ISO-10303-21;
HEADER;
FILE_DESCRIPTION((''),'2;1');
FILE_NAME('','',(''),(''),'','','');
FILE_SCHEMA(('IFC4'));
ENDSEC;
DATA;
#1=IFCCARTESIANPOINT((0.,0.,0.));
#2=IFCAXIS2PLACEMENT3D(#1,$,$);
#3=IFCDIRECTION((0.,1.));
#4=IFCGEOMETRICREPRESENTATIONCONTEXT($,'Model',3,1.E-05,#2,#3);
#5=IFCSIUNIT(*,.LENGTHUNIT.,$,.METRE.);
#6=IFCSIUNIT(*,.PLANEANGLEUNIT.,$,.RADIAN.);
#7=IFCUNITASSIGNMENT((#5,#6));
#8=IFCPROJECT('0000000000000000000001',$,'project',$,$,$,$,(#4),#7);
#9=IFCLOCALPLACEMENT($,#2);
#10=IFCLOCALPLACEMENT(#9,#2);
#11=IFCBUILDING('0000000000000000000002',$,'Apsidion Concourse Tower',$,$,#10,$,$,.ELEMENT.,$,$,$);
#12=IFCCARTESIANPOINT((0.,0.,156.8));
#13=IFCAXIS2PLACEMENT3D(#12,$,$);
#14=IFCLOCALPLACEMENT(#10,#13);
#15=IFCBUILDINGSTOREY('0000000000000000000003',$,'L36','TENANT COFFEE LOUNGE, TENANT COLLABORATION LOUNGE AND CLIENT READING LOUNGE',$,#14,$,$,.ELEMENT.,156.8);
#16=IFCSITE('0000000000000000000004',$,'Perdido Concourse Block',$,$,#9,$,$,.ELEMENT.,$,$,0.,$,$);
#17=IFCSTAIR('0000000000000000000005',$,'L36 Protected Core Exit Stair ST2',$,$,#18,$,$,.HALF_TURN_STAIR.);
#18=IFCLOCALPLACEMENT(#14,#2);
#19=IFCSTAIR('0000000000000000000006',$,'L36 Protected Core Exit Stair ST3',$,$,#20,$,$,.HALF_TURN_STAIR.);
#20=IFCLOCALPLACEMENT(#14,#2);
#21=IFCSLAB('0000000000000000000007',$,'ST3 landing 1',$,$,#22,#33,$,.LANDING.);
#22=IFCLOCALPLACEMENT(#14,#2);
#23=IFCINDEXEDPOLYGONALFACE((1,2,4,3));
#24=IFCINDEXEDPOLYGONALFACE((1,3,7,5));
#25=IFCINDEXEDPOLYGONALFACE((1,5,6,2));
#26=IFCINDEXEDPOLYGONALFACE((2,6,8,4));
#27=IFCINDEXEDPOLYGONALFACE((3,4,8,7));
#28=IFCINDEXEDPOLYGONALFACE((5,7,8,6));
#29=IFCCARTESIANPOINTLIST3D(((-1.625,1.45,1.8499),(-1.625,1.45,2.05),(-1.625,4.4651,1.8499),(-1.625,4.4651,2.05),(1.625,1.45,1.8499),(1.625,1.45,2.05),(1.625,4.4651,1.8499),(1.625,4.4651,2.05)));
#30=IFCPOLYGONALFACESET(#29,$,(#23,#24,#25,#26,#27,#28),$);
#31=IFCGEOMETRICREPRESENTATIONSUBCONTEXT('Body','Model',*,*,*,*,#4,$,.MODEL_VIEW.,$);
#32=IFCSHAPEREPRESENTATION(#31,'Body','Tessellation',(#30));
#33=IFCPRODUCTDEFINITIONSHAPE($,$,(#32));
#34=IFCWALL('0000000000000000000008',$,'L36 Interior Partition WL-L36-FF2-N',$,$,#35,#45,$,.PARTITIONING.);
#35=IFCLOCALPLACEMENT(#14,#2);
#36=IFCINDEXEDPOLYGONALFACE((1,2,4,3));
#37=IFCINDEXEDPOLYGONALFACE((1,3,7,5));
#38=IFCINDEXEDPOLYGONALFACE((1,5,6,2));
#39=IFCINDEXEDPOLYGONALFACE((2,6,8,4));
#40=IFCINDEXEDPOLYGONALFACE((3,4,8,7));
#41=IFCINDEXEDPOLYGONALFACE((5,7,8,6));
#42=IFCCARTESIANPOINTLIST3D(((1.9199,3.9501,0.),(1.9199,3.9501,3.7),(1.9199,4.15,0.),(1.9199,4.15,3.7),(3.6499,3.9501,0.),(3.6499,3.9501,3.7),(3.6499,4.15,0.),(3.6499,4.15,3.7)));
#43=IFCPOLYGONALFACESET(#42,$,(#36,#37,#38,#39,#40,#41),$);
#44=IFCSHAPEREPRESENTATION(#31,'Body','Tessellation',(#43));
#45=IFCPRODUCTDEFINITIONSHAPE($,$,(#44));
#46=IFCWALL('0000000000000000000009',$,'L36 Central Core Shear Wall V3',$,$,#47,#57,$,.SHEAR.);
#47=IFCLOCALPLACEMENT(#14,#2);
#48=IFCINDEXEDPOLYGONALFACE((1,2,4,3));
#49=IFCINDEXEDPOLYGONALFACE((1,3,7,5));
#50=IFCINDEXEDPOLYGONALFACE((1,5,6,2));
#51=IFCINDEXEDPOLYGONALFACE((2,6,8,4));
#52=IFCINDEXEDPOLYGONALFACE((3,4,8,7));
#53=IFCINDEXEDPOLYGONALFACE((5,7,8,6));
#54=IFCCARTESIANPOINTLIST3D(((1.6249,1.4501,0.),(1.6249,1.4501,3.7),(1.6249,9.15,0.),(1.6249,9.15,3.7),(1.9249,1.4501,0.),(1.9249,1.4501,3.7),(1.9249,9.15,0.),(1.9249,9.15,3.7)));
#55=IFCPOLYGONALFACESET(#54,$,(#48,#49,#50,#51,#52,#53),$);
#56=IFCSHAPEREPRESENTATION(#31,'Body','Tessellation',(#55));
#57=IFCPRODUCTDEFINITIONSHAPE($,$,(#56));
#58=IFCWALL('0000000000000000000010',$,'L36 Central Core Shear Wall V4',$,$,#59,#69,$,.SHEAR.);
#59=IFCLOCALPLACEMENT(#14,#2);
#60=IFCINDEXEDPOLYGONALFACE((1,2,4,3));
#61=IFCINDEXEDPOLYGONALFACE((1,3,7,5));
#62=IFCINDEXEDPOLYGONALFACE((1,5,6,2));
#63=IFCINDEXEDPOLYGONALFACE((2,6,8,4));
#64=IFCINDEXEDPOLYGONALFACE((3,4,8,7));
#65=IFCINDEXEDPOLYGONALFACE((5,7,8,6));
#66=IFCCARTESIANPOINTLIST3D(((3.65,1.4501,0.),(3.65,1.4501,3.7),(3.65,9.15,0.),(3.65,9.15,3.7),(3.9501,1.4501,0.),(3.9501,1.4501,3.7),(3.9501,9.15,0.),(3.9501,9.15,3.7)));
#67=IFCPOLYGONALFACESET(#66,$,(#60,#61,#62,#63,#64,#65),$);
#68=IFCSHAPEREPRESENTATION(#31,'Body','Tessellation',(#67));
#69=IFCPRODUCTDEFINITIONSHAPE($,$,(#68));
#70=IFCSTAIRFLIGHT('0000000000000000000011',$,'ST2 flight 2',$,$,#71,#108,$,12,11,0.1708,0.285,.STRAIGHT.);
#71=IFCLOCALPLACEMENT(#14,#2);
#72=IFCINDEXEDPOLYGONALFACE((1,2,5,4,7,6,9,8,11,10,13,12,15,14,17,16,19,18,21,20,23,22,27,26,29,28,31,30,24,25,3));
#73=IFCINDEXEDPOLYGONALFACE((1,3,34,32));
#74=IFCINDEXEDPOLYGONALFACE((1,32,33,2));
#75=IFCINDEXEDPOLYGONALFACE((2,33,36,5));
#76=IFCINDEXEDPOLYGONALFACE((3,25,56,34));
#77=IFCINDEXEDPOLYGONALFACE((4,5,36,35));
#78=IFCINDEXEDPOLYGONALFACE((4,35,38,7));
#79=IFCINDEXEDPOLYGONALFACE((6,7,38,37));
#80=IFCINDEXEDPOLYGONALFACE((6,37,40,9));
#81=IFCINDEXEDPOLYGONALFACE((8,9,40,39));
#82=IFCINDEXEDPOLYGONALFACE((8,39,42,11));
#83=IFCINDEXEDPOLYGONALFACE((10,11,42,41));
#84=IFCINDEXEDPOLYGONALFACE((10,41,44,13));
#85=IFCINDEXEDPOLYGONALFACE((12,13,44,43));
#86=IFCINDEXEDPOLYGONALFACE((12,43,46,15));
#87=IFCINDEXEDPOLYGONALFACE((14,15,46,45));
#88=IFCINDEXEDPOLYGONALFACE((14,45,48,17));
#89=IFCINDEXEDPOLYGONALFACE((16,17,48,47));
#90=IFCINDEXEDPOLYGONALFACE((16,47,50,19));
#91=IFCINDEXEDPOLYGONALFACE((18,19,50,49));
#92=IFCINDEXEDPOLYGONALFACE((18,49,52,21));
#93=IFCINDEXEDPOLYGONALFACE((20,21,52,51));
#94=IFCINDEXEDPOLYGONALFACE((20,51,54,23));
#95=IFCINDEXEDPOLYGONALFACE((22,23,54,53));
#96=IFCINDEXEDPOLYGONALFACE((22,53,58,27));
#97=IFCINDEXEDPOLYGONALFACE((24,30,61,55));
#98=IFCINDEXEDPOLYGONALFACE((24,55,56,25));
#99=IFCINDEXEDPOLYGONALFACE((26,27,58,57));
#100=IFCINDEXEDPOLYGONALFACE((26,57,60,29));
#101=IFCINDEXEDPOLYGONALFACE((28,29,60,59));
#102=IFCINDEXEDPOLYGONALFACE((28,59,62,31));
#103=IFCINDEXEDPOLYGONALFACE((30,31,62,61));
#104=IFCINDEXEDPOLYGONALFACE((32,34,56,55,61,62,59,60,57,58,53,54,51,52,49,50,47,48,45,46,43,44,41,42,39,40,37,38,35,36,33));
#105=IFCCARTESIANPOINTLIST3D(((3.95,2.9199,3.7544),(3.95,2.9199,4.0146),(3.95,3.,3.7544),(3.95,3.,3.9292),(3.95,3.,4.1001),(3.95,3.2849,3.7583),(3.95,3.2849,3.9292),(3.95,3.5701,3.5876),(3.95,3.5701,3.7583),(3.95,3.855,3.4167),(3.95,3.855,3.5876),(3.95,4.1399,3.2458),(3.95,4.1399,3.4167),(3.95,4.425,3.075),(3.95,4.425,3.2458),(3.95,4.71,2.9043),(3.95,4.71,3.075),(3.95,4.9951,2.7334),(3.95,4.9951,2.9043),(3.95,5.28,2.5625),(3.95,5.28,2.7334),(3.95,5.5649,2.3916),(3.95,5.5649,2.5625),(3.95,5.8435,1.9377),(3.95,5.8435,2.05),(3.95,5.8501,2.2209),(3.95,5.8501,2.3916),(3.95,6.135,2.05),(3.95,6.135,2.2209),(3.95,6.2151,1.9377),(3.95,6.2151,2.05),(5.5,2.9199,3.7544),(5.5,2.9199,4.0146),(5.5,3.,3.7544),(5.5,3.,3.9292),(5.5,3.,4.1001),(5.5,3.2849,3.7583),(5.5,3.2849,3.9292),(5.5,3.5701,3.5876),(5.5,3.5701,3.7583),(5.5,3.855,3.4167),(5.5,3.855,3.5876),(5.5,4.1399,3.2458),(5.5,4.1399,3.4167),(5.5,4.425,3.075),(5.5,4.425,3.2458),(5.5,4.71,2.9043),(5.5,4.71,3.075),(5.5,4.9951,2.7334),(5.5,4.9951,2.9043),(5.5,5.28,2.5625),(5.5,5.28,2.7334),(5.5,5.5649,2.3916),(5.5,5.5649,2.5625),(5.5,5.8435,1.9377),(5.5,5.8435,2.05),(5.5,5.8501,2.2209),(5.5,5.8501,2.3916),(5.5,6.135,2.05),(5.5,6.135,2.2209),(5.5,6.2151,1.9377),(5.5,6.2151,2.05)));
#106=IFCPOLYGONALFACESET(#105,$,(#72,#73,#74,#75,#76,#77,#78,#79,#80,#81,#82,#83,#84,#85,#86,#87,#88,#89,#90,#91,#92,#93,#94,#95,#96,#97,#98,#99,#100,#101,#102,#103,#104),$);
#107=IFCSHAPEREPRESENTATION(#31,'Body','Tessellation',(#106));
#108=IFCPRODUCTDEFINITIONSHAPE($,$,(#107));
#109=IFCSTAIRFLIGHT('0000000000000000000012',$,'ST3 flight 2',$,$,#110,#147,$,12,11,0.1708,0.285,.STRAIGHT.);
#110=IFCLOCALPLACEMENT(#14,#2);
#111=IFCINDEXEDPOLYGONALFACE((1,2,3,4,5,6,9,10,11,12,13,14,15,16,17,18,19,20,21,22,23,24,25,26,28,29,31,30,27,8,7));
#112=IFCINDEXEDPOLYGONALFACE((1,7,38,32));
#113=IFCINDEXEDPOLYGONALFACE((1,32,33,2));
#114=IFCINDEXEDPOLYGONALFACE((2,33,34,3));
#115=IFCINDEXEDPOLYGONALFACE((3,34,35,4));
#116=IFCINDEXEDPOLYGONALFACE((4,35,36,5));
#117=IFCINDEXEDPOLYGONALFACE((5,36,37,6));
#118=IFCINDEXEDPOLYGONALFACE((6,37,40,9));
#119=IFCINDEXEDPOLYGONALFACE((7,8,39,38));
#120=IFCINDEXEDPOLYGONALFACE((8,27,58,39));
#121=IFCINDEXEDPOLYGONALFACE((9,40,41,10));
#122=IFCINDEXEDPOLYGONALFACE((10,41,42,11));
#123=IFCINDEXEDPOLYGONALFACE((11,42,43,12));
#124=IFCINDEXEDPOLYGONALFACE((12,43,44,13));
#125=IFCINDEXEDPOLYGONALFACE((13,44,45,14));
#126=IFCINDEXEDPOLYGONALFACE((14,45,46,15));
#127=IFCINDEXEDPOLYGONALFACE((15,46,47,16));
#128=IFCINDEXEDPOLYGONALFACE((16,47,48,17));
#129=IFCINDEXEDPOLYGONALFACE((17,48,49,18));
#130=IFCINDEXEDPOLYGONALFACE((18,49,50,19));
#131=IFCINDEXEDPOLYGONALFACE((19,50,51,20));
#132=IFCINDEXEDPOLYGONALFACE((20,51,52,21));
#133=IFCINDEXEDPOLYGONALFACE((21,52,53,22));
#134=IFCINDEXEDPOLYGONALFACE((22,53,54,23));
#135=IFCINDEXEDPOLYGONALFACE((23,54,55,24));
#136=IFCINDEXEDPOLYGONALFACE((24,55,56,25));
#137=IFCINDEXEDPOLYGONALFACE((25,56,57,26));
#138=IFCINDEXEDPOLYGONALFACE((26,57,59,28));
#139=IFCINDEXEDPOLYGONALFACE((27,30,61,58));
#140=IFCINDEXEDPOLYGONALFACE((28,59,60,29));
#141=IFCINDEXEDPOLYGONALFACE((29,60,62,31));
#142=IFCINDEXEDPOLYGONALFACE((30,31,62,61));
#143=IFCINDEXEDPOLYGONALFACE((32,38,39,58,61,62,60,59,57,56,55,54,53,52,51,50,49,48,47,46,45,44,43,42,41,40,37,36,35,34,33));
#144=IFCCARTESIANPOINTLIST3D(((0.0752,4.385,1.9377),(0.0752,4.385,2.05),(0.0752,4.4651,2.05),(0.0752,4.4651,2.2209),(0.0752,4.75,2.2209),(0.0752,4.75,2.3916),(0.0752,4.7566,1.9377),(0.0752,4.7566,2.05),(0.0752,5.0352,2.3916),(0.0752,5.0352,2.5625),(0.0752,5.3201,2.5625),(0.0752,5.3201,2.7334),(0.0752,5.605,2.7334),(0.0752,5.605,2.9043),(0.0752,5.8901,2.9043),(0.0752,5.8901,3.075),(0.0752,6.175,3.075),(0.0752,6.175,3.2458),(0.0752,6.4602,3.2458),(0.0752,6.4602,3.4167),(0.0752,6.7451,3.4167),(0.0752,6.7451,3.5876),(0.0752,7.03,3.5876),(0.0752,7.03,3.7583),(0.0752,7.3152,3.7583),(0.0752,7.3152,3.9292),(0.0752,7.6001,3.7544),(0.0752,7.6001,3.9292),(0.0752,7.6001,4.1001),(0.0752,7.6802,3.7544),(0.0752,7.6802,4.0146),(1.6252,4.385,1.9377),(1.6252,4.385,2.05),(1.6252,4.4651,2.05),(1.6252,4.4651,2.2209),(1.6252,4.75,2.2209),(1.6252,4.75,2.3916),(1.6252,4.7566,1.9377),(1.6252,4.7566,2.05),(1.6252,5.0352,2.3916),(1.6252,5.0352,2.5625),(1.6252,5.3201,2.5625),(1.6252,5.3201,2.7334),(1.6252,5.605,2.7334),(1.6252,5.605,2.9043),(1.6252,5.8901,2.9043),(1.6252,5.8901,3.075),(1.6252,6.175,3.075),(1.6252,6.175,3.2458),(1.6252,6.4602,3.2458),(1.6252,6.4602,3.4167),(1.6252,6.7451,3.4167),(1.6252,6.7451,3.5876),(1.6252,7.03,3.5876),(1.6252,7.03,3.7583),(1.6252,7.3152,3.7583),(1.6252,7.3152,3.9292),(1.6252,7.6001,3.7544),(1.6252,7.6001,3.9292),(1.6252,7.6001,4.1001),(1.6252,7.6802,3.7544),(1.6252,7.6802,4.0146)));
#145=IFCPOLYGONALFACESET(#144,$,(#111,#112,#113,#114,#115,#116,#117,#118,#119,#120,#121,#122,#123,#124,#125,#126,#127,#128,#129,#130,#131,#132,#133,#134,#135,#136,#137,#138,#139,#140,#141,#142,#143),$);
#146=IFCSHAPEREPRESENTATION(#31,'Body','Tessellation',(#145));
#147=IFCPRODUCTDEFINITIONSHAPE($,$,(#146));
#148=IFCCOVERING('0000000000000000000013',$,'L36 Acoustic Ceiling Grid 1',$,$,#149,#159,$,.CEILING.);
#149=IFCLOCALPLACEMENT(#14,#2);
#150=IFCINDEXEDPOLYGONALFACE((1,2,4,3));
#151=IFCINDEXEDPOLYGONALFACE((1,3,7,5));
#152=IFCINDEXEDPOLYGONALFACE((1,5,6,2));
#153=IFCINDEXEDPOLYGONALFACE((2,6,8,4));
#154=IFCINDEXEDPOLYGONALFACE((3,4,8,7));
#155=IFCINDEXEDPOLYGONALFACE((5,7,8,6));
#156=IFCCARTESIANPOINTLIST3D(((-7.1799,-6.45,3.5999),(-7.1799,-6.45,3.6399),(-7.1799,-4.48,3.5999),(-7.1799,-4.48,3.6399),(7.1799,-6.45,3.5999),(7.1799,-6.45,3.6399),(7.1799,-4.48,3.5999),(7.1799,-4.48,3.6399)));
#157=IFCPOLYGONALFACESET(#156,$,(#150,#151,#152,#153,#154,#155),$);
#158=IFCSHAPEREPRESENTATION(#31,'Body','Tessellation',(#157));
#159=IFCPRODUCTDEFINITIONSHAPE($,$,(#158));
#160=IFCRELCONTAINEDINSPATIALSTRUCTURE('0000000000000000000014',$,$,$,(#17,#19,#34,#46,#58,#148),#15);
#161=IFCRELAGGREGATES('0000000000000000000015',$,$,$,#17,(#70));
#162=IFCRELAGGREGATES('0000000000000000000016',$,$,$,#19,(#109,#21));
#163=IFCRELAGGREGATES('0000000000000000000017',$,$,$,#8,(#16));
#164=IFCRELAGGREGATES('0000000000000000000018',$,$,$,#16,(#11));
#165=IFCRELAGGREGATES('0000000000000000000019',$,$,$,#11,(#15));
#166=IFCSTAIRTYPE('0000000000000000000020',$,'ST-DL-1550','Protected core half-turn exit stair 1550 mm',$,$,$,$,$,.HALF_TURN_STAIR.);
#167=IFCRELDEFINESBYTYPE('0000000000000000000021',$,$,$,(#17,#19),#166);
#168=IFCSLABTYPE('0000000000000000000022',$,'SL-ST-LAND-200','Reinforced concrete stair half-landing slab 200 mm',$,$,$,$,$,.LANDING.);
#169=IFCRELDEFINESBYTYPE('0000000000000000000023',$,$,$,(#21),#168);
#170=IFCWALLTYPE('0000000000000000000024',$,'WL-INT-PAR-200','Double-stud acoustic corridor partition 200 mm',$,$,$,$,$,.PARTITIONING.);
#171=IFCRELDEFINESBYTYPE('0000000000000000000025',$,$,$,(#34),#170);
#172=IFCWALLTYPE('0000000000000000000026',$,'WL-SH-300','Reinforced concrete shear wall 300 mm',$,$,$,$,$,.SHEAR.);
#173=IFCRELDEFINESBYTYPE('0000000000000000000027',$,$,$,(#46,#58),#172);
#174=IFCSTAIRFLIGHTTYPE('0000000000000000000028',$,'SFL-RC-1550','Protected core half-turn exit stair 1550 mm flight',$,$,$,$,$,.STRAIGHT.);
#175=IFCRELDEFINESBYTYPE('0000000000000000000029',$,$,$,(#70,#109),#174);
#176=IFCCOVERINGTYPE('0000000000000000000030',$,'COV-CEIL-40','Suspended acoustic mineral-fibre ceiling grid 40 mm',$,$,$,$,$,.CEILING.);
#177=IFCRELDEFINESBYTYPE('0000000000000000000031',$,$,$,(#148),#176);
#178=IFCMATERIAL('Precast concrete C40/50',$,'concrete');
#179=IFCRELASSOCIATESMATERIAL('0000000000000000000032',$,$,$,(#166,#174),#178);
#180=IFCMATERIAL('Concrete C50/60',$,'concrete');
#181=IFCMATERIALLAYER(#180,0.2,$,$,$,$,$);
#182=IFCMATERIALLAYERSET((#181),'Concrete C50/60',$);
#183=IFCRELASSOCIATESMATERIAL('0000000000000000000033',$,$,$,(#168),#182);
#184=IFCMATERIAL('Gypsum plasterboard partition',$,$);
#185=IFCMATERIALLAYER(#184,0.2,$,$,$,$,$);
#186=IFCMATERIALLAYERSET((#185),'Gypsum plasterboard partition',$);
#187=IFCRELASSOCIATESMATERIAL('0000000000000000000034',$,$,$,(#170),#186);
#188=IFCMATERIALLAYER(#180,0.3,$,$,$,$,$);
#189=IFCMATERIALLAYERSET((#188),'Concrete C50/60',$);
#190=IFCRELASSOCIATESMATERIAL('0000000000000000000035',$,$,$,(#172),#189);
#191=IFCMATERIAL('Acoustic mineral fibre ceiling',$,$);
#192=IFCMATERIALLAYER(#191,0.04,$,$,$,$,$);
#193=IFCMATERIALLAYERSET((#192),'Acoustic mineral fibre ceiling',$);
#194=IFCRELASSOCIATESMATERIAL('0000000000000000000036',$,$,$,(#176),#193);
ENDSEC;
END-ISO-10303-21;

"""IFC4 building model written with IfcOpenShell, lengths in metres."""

from ifc_helpers import new_model, si_unit, direction, frame, frame_2d, origin, place, context, subcontext, project, spatial, polyline, rectangle, outline, extrude, material, layer, layer_set, type_object, element, aggregate, save


model = new_model("IFC4")

# Units and contexts
model_context = context("Model", 3, precision=1e-05, world=origin(), true_north=direction((0.0, 1.0)))
body_context = subcontext(model_context, "Body", "Model", "MODEL_VIEW")
ifc_project = project(units=[si_unit("LENGTHUNIT", "METRE"), si_unit("PLANEANGLEUNIT", "RADIAN")], contexts=[model_context])

# Site, building, storey
site_placement = place(None, origin())
site = spatial("IfcSite", under=ifc_project, at=site_placement, Name="Perdido Concourse Block", CompositionType="ELEMENT", RefElevation=0.0)
building_placement = place(site_placement, origin())
building = spatial("IfcBuilding", under=site, at=building_placement, Name="Apsidion Concourse Tower", CompositionType="ELEMENT")
storey_placement = place(building_placement, frame((0.0, 0.0, 156.8)))
storey = spatial("IfcBuildingStorey", under=building, at=storey_placement, Name="L36", Description="TENANT COFFEE LOUNGE, TENANT COLLABORATION LOUNGE AND CLIENT READING LOUNGE", CompositionType="ELEMENT", Elevation=156.8)

# Shared definitions
ifc_material_1 = material(Name="Concrete C50/60", Category="concrete")

# Stairs, slab
ifc_material_2 = material(Name="Precast concrete C40/50", Category="concrete")
stair_type = type_object("IfcStairType", Name="ST-DL-1550", Description="Protected core half-turn exit stair 1550 mm", PredefinedType="HALF_TURN_STAIR", material=ifc_material_2)
ifc_layer_1 = layer(ifc_material_1, 0.2)
ifc_layer_set_1 = layer_set([ifc_layer_1], Name="Concrete C50/60")
slab_type_1 = type_object("IfcSlabType", Name="SL-ST-LAND-200", Description="Reinforced concrete stair half-landing slab 200 mm", PredefinedType="LANDING", material=ifc_layer_set_1)
stair_1_placement = place(storey_placement, origin())
stair_1 = element("IfcStair", 1, at=stair_1_placement, inside=storey, type_object=stair_type, Name="L36 Protected Core Exit Stair ST2", PredefinedType="HALF_TURN_STAIR")
stair_2_placement = place(storey_placement, origin())
stair_2 = element("IfcStair", 2, at=stair_2_placement, inside=storey, type_object=stair_type, Name="L36 Protected Core Exit Stair ST3", PredefinedType="HALF_TURN_STAIR")
slab_1_placement = place(storey_placement, frame((0.0, 0.0, 1.8499)))
slab_1 = element("IfcSlab", 3, at=slab_1_placement, type_object=slab_type_1, Name="ST3 landing 1", PredefinedType="LANDING", context=body_context, shape_type="SweptSolid", body=[
    extrude(outline(polyline([(-1.625, 4.4651), (-1.625, 1.45), (1.625, 1.45), (1.625, 4.4651), (-1.625, 4.4651)])), origin(), (0.0, 0.0, 1.0), 0.2002),
])

# Walls
ifc_material_3 = material(Name="Gypsum plasterboard partition")
ifc_layer_2 = layer(ifc_material_3, 0.2)
ifc_layer_set_2 = layer_set([ifc_layer_2], Name="Gypsum plasterboard partition")
wall_type_1 = type_object("IfcWallType", Name="WL-INT-PAR-200", Description="Double-stud acoustic corridor partition 200 mm", PredefinedType="PARTITIONING", material=ifc_layer_set_2)
wall_placement = place(storey_placement, frame((1.9199, 4.05, 0.0), z_axis=(0.0, 0.0, 1.0), x_axis=(1.0, 0.0, 0.0)))
element("IfcWall", 4, at=wall_placement, inside=storey, type_object=wall_type_1, Name="L36 Interior Partition WL-L36-FF2-N", PredefinedType="PARTITIONING", context=body_context, shape_type="SweptSolid", body=[
    extrude(rectangle(XDim=1.73, YDim=0.2, at=frame_2d((0.865, 0.0))), origin(), (0.0, 0.0, 1.0), 3.7),
])
ifc_layer_3 = layer(ifc_material_1, 0.3)
ifc_layer_set_3 = layer_set([ifc_layer_3], Name="Concrete C50/60")
wall_type_2 = type_object("IfcWallType", Name="WL-SH-300", Description="Reinforced concrete shear wall 300 mm", PredefinedType="SHEAR", material=ifc_layer_set_3)
for number, where, z_axis, x_axis, name in (
    (5, (1.7749, 1.45, 0.0), (0.0, 0.0, 1.0), (0.0, 1.0, 0.0), "L36 Central Core Shear Wall V3"),
    (6, (3.8, 1.45, 0.0), (0.0, 0.0, 1.0), (0.0, 1.0, 0.0), "L36 Central Core Shear Wall V4"),
):
    element("IfcWall", number, at=place(storey_placement, frame(where, z_axis=z_axis, x_axis=x_axis)), inside=storey, type_object=wall_type_2, Name=name, PredefinedType="SHEAR", context=body_context, shape_type="SweptSolid", body=[
        extrude(rectangle(XDim=7.7, YDim=0.3, at=frame_2d((3.8501, 0.0))), origin(), (0.0, 0.0, 1.0), 3.7),
    ])

# Stair flights
stair_flight_type = type_object("IfcStairFlightType", Name="SFL-RC-1550", Description="Protected core half-turn exit stair 1550 mm flight", PredefinedType="STRAIGHT", material=ifc_material_2)
stair_flight_1_placement = place(storey_placement, frame((4.7251, 6.135, 2.05), z_axis=(0.0, 0.0, 1.0), x_axis=(0.0, -1.0, 0.0)))
stair_flight_1 = element("IfcStairFlight", 7, at=stair_flight_1_placement, type_object=stair_flight_type, Name="ST2 flight 2", NumberOfRisers=12, NumberOfTreads=11, PredefinedType="STRAIGHT", RiserHeight=0.1708, TreadLength=0.285, context=body_context, shape_type="SweptSolid", body=[
    extrude(outline(polyline([(-0.0801, -0.1123), (-0.0801, 0.0), (0.0, 0.0), (0.0, 0.1709), (0.2849, 0.1709), (0.2849, 0.3416), (0.5701, 0.3416), (0.5701, 0.5125), (0.855, 0.5125), (0.855, 0.6833), (1.1399, 0.6833), (1.1399, 0.8542), (1.425, 0.8542), (1.425, 1.0249), (1.71, 1.0249), (1.71, 1.1958), (1.9951, 1.1958), (1.9951, 1.3667), (2.28, 1.3667), (2.28, 1.5376), (2.5649, 1.5376), (2.5649, 1.7083), (2.8501, 1.7083), (2.8501, 1.8792), (3.135, 1.8792), (3.135, 2.05), (3.2151, 1.9646), (3.2151, 1.7043), (3.135, 1.7043), (0.2915, 0.0), (0.2915, -0.1123), (-0.0801, -0.1123)])), frame((0.0, 0.7749, 0.0), z_axis=(0.0, -1.0, 0.0), x_axis=(1.0, 0.0, 0.0)), (0.0, 0.0, 1.0), 1.55),
])
aggregate(stair_1, [stair_flight_1])
stair_flight_2_placement = place(storey_placement, frame((0.8501, 4.4651, 2.05), z_axis=(0.0, 0.0, 1.0), x_axis=(0.0, 1.0, 0.0)))
stair_flight_2 = element("IfcStairFlight", 8, at=stair_flight_2_placement, type_object=stair_flight_type, Name="ST3 flight 2", NumberOfRisers=12, NumberOfTreads=11, PredefinedType="STRAIGHT", RiserHeight=0.1708, TreadLength=0.285, context=body_context, shape_type="SweptSolid", body=[
    extrude(outline(polyline([(-0.0801, -0.1123), (-0.0801, 0.0), (0.0, 0.0), (0.0, 0.1709), (0.2849, 0.1709), (0.2849, 0.3416), (0.5701, 0.3416), (0.5701, 0.5125), (0.855, 0.5125), (0.855, 0.6833), (1.1399, 0.6833), (1.1399, 0.8542), (1.425, 0.8542), (1.425, 1.0249), (1.71, 1.0249), (1.71, 1.1958), (1.9951, 1.1958), (1.9951, 1.3667), (2.28, 1.3667), (2.28, 1.5376), (2.5649, 1.5376), (2.5649, 1.7083), (2.8501, 1.7083), (2.8501, 1.8792), (3.135, 1.8792), (3.135, 2.05), (3.2151, 1.9646), (3.2151, 1.7043), (3.135, 1.7043), (0.2915, 0.0), (0.2915, -0.1123), (-0.0801, -0.1123)])), frame((0.0, 0.7749, 0.0), z_axis=(0.0, -1.0, 0.0), x_axis=(1.0, 0.0, 0.0)), (0.0, 0.0, 1.0), 1.55),
])
aggregate(stair_2, [stair_flight_2, slab_1])

# Covering
ifc_material_4 = material(Name="Acoustic mineral fibre ceiling")
ifc_layer_4 = layer(ifc_material_4, 0.04)
ifc_layer_set_4 = layer_set([ifc_layer_4], Name="Acoustic mineral fibre ceiling")
covering_type_1 = type_object("IfcCoveringType", Name="COV-CEIL-40", Description="Suspended acoustic mineral-fibre ceiling grid 40 mm", PredefinedType="CEILING", material=ifc_layer_set_4)
covering_1_placement = place(storey_placement, frame((0.0, 0.0, 3.5999)))
element("IfcCovering", 9, at=covering_1_placement, inside=storey, type_object=covering_type_1, Name="L36 Acoustic Ceiling Grid 1", PredefinedType="CEILING", context=body_context, shape_type="SweptSolid", body=[
    extrude(outline(polyline([(-7.1799, -6.45), (-7.1799, -4.48), (7.1799, -4.48), (7.1799, -6.45), (-7.1799, -6.45)])), origin(), (0.0, 0.0, 1.0), 0.04),
])

save(model, "model.ifc")
